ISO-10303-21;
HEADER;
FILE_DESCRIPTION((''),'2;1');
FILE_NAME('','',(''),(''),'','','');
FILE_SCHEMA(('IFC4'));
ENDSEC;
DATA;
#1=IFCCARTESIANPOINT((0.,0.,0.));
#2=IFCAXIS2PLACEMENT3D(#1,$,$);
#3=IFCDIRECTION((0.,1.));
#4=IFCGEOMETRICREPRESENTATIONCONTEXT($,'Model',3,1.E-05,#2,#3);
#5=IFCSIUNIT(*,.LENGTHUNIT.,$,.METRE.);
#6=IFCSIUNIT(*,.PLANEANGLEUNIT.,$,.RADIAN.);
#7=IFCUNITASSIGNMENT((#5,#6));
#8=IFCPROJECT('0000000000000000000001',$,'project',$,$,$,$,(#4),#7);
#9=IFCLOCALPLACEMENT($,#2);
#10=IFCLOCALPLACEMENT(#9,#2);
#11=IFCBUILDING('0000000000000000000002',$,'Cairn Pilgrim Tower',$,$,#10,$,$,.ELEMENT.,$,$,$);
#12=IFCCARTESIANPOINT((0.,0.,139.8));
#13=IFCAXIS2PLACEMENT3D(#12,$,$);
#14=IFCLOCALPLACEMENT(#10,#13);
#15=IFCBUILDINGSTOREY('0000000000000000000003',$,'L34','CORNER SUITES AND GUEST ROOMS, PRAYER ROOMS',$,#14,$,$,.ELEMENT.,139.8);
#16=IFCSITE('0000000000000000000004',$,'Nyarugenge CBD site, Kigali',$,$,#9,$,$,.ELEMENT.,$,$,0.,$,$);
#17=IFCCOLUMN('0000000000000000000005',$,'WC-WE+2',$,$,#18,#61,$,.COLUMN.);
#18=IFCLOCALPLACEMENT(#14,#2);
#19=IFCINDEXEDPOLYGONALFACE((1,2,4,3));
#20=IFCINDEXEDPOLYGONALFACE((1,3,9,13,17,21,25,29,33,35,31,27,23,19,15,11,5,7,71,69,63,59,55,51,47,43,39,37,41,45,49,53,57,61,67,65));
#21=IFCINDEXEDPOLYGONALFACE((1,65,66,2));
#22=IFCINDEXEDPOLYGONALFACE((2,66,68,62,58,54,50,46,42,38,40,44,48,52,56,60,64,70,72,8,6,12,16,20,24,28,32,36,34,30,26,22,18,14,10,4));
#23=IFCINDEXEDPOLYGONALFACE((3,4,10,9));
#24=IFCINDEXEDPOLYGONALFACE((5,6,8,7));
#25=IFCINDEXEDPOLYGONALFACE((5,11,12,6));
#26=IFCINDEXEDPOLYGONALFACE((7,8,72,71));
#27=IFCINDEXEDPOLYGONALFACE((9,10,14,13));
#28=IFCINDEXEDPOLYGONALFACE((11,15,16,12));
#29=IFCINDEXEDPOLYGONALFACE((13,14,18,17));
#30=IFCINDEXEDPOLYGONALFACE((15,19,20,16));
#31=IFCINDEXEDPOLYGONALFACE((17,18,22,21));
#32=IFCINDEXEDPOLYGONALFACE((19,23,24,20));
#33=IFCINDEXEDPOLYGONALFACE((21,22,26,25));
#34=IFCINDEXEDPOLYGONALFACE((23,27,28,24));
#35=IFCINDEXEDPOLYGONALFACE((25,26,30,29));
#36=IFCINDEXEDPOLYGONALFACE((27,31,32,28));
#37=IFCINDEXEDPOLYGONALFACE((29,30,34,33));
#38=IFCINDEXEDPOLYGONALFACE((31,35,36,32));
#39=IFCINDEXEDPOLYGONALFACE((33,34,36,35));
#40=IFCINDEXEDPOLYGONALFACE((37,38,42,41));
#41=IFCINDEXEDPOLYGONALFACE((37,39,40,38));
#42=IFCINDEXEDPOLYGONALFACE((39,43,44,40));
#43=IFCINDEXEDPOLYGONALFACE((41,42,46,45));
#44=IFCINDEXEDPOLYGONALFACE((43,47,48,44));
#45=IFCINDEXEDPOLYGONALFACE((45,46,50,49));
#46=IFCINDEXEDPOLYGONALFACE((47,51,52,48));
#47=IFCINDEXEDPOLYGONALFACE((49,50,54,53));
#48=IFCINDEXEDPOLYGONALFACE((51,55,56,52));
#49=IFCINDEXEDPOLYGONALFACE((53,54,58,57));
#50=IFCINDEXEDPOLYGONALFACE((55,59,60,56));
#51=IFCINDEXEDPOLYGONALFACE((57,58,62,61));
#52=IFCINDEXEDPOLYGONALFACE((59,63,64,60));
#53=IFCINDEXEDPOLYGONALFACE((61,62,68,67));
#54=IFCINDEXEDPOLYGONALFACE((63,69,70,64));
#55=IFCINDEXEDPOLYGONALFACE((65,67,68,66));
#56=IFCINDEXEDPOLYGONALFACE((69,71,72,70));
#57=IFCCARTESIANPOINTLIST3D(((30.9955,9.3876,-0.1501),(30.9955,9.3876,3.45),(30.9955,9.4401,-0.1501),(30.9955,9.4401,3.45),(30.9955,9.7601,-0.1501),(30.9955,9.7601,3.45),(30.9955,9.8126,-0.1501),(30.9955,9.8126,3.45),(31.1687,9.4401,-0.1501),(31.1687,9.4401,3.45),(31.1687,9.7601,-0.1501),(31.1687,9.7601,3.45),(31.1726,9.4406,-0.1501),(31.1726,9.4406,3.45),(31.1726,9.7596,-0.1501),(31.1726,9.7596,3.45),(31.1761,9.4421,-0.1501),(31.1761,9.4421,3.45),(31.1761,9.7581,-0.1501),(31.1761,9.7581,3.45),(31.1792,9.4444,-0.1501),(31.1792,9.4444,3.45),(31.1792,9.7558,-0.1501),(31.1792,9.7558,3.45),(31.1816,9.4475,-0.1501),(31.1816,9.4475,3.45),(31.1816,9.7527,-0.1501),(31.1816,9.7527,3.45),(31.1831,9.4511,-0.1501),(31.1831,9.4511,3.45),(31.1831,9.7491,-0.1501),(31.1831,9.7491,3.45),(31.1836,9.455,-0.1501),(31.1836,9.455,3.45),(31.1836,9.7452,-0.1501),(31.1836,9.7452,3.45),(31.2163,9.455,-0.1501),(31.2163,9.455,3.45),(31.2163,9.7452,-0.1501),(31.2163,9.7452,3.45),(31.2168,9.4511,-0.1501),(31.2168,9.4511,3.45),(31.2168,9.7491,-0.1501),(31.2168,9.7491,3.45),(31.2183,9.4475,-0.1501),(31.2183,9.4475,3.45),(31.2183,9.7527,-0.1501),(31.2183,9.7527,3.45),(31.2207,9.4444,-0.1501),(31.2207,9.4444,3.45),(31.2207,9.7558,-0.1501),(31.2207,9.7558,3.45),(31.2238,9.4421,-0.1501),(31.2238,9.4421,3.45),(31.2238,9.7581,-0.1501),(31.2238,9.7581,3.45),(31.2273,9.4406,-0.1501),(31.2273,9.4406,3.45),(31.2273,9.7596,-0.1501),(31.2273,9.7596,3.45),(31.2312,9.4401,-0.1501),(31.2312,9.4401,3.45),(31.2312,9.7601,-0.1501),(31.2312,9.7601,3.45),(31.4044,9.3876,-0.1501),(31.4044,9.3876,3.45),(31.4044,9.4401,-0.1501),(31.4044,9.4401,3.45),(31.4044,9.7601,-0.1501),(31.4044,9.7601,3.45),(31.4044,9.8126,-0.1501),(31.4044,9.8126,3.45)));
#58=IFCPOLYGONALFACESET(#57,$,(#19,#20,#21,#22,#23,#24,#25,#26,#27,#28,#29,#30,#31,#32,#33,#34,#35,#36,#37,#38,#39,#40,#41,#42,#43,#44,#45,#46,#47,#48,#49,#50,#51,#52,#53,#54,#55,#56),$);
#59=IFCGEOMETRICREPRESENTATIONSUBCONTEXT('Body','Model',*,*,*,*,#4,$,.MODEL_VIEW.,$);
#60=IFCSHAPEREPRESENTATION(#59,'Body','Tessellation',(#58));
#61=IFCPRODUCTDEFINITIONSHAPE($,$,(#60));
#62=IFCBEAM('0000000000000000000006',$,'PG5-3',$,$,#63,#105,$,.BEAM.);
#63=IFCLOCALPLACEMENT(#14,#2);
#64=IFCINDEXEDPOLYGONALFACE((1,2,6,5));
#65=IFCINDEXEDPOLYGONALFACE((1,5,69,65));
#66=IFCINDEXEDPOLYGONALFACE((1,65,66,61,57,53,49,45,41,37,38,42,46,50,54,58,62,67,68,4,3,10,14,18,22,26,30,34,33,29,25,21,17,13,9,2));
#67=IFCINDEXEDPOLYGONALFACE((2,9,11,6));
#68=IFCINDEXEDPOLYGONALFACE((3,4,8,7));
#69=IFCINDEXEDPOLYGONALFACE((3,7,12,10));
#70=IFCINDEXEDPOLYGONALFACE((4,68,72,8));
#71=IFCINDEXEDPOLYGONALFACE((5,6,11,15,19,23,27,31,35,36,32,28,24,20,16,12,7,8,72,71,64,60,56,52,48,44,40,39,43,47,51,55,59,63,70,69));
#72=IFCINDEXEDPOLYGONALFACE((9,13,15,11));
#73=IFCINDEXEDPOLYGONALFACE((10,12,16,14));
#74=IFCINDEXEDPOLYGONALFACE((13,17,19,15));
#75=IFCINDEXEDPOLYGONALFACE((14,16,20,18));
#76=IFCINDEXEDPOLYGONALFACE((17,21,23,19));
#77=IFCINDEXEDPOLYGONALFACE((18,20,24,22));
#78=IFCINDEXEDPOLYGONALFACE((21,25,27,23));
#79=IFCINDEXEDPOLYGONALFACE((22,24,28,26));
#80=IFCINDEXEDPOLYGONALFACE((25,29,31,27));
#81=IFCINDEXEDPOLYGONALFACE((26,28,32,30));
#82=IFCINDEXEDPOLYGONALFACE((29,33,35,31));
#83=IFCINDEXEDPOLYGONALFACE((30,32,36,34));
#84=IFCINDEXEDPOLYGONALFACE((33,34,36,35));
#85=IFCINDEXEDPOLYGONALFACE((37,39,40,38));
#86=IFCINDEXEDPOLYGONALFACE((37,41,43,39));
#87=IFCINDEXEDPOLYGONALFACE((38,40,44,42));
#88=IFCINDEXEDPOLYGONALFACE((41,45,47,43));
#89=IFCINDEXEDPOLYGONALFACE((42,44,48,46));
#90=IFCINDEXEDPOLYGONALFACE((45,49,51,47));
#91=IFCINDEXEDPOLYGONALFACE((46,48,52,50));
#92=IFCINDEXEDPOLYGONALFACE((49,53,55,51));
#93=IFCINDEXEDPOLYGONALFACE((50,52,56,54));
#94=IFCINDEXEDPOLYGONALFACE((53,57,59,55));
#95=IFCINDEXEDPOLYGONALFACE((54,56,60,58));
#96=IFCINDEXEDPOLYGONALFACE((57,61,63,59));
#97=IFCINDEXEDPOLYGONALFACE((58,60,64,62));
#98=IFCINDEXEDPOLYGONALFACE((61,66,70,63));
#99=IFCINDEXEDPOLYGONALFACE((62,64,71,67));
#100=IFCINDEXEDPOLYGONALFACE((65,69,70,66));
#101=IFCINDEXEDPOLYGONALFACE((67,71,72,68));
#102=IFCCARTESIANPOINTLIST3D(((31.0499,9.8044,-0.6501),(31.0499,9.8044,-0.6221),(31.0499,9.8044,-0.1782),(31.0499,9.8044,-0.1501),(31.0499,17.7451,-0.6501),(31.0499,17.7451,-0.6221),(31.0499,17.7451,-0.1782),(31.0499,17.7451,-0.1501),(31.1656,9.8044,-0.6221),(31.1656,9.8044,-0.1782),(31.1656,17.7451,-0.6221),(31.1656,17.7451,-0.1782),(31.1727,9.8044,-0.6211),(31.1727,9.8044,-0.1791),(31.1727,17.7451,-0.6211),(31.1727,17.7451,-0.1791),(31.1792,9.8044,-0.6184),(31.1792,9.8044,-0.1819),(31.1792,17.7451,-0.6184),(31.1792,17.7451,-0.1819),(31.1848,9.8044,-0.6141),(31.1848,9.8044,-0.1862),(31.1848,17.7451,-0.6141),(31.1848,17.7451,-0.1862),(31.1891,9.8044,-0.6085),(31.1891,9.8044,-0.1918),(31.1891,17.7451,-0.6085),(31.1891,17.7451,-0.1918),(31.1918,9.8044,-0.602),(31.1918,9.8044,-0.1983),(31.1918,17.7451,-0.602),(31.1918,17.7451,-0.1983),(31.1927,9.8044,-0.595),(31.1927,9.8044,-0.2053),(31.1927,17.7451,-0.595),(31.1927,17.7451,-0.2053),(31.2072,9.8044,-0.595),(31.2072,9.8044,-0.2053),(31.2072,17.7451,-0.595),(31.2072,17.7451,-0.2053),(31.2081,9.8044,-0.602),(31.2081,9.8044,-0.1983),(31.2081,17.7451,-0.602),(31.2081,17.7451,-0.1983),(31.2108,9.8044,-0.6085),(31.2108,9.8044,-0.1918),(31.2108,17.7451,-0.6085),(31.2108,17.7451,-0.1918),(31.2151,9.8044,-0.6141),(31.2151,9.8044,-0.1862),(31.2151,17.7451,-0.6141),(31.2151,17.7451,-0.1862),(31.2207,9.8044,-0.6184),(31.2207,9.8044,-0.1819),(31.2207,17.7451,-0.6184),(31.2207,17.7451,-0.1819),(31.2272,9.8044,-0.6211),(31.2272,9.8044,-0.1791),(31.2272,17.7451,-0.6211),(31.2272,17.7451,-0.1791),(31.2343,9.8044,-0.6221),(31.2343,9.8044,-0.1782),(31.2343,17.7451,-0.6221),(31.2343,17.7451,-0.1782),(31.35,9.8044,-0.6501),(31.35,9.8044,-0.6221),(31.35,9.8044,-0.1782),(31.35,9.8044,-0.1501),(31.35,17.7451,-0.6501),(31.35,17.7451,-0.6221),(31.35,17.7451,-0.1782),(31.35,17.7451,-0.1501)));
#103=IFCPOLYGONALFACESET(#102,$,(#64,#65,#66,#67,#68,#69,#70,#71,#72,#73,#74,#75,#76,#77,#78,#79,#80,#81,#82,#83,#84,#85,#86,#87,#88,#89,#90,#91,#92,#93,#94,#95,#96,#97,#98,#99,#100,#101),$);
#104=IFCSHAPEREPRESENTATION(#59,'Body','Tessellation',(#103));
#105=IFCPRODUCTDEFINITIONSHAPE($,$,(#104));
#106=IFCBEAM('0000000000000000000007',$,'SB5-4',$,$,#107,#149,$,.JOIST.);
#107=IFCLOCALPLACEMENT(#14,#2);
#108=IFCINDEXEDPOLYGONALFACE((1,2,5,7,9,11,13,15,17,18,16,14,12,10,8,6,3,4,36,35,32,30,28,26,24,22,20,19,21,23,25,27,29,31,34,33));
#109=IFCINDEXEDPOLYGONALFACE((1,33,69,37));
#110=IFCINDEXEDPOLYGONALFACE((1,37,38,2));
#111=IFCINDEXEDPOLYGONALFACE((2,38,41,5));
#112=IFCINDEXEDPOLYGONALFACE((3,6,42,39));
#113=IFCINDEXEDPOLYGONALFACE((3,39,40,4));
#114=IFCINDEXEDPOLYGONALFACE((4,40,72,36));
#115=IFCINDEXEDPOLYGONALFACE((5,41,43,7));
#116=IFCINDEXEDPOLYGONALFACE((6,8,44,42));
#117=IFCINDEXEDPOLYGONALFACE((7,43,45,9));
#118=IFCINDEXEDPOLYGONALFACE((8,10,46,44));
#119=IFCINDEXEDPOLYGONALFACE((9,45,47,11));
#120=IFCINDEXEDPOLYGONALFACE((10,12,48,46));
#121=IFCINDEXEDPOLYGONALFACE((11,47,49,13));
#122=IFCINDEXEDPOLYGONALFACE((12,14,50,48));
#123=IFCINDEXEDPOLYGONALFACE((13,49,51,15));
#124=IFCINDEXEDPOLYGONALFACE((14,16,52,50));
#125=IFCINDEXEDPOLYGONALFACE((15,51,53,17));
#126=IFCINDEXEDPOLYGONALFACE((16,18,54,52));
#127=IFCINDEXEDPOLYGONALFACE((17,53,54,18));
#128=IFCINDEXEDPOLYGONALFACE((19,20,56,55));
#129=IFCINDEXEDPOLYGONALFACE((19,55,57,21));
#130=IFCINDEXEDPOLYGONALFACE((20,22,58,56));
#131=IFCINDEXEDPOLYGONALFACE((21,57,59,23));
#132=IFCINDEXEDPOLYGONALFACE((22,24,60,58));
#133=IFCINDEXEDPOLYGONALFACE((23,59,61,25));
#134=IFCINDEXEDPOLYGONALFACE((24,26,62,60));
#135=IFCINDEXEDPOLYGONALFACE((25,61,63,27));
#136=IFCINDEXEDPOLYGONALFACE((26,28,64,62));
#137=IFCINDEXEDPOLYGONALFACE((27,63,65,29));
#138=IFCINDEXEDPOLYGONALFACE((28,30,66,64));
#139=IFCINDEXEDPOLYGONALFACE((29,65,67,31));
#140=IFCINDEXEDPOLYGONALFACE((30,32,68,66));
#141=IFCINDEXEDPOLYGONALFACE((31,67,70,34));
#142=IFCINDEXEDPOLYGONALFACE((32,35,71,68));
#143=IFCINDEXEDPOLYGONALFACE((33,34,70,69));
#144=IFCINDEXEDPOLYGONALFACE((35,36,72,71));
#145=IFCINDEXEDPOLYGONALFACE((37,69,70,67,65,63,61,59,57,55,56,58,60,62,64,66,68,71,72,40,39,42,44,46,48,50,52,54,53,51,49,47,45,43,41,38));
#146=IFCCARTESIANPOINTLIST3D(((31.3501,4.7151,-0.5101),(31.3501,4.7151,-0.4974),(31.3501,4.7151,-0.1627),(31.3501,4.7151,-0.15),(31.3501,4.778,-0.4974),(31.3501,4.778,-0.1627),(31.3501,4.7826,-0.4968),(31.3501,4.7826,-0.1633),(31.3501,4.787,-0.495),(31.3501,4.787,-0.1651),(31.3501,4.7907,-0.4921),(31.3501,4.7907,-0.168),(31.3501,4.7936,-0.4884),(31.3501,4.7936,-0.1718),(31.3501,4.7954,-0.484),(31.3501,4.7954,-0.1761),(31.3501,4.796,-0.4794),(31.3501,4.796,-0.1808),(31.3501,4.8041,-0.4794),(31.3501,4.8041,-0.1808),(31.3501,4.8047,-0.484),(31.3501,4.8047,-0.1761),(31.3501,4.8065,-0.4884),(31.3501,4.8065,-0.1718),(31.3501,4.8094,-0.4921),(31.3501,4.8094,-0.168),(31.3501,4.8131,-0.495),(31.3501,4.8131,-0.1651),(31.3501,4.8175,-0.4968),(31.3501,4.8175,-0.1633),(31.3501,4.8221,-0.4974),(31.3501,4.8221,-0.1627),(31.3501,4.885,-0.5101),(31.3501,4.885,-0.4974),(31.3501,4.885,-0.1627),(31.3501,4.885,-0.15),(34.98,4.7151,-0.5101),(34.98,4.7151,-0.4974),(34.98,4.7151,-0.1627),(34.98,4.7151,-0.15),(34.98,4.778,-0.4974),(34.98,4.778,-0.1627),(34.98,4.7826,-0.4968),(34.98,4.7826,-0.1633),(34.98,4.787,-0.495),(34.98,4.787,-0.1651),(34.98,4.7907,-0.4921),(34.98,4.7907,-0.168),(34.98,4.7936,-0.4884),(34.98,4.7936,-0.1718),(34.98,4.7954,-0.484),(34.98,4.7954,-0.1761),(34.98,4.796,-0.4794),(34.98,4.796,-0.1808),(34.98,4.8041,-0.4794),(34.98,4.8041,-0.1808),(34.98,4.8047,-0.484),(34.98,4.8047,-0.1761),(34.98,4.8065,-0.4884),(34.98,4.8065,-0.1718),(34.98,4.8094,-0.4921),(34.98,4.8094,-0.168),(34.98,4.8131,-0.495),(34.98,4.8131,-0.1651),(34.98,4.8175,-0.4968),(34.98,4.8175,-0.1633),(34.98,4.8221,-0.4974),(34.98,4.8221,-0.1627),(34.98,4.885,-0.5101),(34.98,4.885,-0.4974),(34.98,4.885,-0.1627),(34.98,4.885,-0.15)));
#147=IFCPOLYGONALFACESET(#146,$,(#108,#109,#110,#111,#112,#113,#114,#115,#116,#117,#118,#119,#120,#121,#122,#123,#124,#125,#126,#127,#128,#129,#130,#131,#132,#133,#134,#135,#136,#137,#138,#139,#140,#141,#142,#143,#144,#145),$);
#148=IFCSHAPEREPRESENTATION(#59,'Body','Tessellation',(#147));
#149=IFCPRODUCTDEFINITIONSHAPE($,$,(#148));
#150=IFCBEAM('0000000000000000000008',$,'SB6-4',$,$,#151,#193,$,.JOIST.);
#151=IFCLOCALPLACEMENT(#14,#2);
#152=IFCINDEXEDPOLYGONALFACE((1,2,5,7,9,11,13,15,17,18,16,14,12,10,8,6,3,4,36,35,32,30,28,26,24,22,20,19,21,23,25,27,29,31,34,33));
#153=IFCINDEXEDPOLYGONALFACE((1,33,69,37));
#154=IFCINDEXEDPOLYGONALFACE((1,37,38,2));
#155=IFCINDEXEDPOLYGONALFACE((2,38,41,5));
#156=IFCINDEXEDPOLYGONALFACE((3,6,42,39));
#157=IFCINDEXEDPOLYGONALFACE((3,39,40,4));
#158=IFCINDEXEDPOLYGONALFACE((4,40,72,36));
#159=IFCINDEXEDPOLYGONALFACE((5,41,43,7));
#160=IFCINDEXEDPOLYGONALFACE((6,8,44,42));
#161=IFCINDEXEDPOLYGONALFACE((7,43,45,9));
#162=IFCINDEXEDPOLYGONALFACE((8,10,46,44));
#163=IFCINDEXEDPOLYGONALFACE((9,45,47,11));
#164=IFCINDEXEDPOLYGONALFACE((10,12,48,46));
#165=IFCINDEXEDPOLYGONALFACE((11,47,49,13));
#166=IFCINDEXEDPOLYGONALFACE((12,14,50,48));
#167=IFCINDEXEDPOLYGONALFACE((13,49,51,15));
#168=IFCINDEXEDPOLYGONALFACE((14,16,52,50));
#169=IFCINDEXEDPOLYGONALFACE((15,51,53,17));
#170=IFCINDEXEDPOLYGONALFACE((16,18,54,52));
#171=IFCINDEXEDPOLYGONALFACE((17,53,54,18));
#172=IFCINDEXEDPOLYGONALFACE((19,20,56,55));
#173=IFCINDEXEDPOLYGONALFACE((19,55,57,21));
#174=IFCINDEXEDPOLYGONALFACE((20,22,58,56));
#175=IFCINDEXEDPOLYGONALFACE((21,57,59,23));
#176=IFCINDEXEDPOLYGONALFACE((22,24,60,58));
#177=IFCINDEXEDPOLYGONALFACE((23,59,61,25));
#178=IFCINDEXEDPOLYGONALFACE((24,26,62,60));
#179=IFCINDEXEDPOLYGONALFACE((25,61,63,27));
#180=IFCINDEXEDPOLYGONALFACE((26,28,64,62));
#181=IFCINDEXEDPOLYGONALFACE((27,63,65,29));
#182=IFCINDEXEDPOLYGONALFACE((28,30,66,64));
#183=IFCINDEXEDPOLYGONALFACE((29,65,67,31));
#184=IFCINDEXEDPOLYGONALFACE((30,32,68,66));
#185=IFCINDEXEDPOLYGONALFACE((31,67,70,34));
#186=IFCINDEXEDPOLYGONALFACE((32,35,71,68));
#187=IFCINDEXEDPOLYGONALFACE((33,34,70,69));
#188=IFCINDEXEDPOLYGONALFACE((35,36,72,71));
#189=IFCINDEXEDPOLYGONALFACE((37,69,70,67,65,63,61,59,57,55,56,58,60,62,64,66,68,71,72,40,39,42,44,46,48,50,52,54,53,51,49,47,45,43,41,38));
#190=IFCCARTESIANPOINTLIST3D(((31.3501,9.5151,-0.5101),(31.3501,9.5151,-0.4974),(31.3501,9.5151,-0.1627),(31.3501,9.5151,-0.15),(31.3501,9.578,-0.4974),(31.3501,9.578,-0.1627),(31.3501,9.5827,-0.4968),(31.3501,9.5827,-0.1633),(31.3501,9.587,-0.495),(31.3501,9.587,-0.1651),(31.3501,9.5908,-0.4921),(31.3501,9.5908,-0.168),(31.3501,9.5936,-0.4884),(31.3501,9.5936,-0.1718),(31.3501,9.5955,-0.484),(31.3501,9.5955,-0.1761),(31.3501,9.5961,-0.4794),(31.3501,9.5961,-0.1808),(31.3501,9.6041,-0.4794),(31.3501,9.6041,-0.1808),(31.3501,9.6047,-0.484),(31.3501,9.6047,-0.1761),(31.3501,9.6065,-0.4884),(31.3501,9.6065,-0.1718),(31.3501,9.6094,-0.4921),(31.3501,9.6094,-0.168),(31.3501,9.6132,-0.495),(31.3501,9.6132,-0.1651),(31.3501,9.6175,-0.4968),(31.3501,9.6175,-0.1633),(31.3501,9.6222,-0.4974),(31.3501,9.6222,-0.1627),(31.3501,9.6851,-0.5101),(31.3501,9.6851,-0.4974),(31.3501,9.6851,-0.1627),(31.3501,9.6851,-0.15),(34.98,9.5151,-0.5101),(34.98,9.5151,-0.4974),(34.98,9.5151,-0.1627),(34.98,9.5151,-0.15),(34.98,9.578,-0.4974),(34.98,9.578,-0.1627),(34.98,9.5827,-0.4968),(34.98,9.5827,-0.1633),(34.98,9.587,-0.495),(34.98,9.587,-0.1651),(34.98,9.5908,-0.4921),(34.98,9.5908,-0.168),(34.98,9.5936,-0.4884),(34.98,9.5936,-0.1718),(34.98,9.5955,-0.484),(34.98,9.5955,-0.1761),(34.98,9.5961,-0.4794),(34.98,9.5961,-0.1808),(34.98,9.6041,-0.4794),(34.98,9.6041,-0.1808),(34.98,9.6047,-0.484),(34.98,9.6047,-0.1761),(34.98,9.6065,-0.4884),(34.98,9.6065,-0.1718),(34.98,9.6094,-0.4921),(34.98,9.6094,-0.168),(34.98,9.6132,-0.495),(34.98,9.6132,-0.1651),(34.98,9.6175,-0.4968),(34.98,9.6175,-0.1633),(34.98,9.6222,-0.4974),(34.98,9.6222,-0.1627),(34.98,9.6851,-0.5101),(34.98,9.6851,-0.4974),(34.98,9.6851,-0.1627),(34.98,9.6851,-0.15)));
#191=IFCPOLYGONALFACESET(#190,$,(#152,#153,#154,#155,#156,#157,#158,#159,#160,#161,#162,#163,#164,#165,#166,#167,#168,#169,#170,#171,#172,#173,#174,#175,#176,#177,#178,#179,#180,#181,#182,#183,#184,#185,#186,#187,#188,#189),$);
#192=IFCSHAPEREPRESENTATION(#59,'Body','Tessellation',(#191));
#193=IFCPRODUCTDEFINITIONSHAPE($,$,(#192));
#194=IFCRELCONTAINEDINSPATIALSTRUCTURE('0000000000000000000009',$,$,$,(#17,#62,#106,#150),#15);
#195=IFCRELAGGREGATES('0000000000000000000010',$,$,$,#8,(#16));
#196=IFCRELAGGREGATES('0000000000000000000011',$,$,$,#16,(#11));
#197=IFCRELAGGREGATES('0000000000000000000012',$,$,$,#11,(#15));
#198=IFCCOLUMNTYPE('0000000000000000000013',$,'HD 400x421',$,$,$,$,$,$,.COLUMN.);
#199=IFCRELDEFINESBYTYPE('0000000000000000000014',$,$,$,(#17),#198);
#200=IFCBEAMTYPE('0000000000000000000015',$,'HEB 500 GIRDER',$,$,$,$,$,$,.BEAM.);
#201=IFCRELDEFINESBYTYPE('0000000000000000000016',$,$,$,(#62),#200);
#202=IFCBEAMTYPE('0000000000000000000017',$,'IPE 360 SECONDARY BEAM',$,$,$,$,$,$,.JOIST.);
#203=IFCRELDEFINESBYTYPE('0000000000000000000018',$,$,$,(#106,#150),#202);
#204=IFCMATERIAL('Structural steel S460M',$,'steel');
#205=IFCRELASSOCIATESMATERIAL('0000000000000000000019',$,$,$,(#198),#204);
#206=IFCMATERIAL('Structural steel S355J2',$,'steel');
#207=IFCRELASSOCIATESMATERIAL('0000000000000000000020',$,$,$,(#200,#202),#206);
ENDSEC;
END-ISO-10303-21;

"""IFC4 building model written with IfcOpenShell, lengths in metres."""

from ifc_helpers import new_model, si_unit, direction, frame, origin, origin_2d, place, context, subcontext, project, spatial, i_section, extrude, material, material_profile, profile_set, type_object, element, save


model = new_model("IFC4")

# Units and contexts
model_context = context("Model", 3, precision=1e-05, world=origin(), true_north=direction((0.0, 1.0)))
body_context = subcontext(model_context, "Body", "Model", "MODEL_VIEW")
ifc_project = project(units=[si_unit("LENGTHUNIT", "METRE"), si_unit("PLANEANGLEUNIT", "RADIAN")], contexts=[model_context])

# Site, building, storey
site_placement = place(None, origin())
site = spatial("IfcSite", under=ifc_project, at=site_placement, Name="Nyarugenge CBD site, Kigali", CompositionType="ELEMENT", RefElevation=0.0)
building_placement = place(site_placement, origin())
building = spatial("IfcBuilding", under=site, at=building_placement, Name="Cairn Pilgrim Tower", CompositionType="ELEMENT")
storey_placement = place(building_placement, frame((0.0, 0.0, 139.8)))
storey = spatial("IfcBuildingStorey", under=building, at=storey_placement, Name="L34", Description="CORNER SUITES AND GUEST ROOMS, PRAYER ROOMS", CompositionType="ELEMENT", Elevation=139.8)

# Column
ifc_material_1 = material(Name="Structural steel S460M", Category="steel")
ifc_material_profile_1 = material_profile(ifc_material_1, i_section(OverallWidth=0.4089, OverallDepth=0.425, WebThickness=0.0327, FlangeThickness=0.0525, FilletRadius=0.0149, at=origin_2d()), Name="HD 400x421")
ifc_profile_set_1 = profile_set([ifc_material_profile_1], Name="Structural steel S460M")
column_type = type_object("IfcColumnType", Name="HD 400x421", PredefinedType="COLUMN", material=ifc_profile_set_1)
column_placement = place(storey_placement, frame((31.2, 9.6001, -0.1501), z_axis=(0.0, 0.0, 1.0), x_axis=(1.0, 0.0, 0.0)))
element("IfcColumn", 1, at=column_placement, inside=storey, type_object=column_type, Name="WC-WE+2", PredefinedType="COLUMN", context=body_context, shape_type="SweptSolid", body=[
    extrude(i_section(OverallWidth=0.4089, OverallDepth=0.425, WebThickness=0.0327, FlangeThickness=0.0525, FilletRadius=0.0149, at=origin_2d()), origin(), (0.0, 0.0, 1.0), 3.6001),
])

# Beams
ifc_material_2 = material(Name="Structural steel S355J2", Category="steel")
ifc_material_profile_2 = material_profile(ifc_material_2, i_section(OverallWidth=0.3, OverallDepth=0.5, WebThickness=0.0144, FlangeThickness=0.0281, FilletRadius=0.0271, at=origin_2d()), Name="HEB 500")
ifc_profile_set_2 = profile_set([ifc_material_profile_2], Name="Structural steel S355J2")
beam_type_1 = type_object("IfcBeamType", Name="HEB 500 GIRDER", PredefinedType="BEAM", material=ifc_profile_set_2)
beam_placement = place(storey_placement, frame((31.2, 9.8044, -0.4001), z_axis=(0.0, 1.0, 0.0), x_axis=(-1.0, 0.0, 0.0)))
element("IfcBeam", 2, at=beam_placement, inside=storey, type_object=beam_type_1, Name="PG5-3", PredefinedType="BEAM", context=body_context, shape_type="SweptSolid", body=[
    extrude(i_section(OverallWidth=0.3, OverallDepth=0.5, WebThickness=0.0144, FlangeThickness=0.0281, FilletRadius=0.0271, at=origin_2d()), origin(), (0.0, 0.0, 1.0), 7.9407),
])
ifc_material_profile_3 = material_profile(ifc_material_2, i_section(OverallWidth=0.1699, OverallDepth=0.3601, WebThickness=0.0081, FlangeThickness=0.0127, FilletRadius=0.0181, at=origin_2d()), Name="IPE 360")
ifc_profile_set_3 = profile_set([ifc_material_profile_3], Name="Structural steel S355J2")
beam_type_2 = type_object("IfcBeamType", Name="IPE 360 SECONDARY BEAM", PredefinedType="JOIST", material=ifc_profile_set_3)
for number, where, z_axis, x_axis, name in (
    (3, (31.3501, 4.8, -0.3301), (1.0, 0.0, 0.0), (0.0, 1.0, 0.0), "SB5-4"),
    (4, (31.3501, 9.6001, -0.3301), (1.0, 0.0, 0.0), (0.0, 1.0, 0.0), "SB6-4"),
):
    element("IfcBeam", number, at=place(storey_placement, frame(where, z_axis=z_axis, x_axis=x_axis)), inside=storey, type_object=beam_type_2, Name=name, PredefinedType="JOIST", context=body_context, shape_type="SweptSolid", body=[
        extrude(i_section(OverallWidth=0.1699, OverallDepth=0.3601, WebThickness=0.0081, FlangeThickness=0.0127, FilletRadius=0.0181, at=origin_2d()), origin(), (0.0, 0.0, 1.0), 3.6299),
    ])

save(model, "model.ifc")
